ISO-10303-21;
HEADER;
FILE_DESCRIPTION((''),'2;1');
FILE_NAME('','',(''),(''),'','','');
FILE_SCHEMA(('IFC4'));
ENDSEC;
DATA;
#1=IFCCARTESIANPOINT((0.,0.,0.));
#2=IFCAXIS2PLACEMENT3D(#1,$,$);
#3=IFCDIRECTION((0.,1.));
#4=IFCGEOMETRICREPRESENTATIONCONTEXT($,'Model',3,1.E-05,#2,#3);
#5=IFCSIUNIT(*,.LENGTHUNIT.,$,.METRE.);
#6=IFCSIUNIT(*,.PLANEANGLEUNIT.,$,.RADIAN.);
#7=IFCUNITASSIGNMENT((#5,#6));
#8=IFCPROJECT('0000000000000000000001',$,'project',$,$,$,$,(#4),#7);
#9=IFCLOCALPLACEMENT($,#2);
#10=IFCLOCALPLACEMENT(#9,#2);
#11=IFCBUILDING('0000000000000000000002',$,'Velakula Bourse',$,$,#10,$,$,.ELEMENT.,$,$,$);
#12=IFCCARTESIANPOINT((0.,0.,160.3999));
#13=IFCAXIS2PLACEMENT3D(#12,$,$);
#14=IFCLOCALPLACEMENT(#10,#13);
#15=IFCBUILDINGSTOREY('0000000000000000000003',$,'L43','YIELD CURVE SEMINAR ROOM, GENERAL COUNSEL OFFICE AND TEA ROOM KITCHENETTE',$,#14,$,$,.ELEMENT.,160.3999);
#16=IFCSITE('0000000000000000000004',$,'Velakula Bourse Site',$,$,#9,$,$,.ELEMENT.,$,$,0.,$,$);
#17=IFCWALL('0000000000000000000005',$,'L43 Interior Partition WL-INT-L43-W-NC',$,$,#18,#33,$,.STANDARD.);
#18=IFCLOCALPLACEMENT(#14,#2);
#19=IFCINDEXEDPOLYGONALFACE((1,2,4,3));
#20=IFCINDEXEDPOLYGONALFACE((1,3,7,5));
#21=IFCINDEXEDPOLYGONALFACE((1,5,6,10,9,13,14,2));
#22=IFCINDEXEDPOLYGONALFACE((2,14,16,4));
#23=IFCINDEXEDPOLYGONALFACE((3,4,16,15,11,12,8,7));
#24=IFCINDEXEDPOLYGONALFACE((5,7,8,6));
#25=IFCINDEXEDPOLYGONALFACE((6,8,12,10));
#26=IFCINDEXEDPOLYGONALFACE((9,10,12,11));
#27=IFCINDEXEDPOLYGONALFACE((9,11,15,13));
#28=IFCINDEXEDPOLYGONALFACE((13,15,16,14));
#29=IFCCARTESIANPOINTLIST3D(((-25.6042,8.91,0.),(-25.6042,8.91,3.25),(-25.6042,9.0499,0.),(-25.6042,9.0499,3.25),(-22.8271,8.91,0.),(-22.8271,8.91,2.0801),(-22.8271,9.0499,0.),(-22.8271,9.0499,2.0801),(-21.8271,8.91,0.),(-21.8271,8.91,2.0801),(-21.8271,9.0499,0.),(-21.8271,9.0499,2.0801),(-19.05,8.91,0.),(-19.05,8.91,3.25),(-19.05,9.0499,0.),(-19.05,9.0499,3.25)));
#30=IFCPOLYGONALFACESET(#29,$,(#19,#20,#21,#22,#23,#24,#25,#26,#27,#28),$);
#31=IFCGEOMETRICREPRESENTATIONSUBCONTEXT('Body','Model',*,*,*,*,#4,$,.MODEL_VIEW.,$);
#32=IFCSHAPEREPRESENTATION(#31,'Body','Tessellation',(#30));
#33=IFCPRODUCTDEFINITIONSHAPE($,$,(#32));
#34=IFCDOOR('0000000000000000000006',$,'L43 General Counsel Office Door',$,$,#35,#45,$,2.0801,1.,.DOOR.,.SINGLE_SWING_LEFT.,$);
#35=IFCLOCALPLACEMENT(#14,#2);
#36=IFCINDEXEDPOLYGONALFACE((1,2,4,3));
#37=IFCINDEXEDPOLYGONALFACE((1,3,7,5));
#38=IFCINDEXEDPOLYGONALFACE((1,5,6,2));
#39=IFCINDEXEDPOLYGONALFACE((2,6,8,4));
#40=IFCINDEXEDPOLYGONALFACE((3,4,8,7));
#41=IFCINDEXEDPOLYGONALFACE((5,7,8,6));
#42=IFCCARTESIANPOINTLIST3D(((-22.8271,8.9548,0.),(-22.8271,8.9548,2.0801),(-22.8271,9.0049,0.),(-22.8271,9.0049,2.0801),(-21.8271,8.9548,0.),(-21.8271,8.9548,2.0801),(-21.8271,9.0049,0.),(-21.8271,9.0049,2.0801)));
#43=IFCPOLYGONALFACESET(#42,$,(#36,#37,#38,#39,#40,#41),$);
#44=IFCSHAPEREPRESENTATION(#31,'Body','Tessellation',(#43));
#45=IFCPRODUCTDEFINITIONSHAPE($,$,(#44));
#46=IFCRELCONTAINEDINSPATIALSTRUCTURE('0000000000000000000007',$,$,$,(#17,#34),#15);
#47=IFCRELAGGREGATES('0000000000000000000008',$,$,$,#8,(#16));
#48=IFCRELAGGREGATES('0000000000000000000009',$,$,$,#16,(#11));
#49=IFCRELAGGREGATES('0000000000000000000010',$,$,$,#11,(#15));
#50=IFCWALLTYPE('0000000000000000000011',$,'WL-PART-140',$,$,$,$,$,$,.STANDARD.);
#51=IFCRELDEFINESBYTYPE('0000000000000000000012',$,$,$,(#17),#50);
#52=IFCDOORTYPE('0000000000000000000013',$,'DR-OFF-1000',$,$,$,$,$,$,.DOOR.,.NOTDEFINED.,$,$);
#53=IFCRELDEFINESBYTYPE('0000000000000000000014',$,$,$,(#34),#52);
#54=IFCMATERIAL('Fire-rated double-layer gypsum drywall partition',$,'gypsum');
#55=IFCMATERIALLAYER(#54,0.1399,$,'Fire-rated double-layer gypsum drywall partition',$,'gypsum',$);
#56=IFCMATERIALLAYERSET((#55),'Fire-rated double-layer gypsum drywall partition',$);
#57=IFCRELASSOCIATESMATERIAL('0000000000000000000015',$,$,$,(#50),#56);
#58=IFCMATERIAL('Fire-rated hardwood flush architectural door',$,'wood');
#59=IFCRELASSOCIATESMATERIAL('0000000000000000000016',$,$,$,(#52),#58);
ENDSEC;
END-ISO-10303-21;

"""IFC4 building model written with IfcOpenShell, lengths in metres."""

from ifc_helpers import new_model, si_unit, direction, frame, frame_2d, origin, place, context, subcontext, project, spatial, rectangle, extrude, material, layer, layer_set, type_object, element, fill, save


model = new_model("IFC4")

# Units and contexts
model_context = context("Model", 3, precision=1e-05, world=origin(), true_north=direction((0.0, 1.0)))
body_context = subcontext(model_context, "Body", "Model", "MODEL_VIEW")
ifc_project = project(units=[si_unit("LENGTHUNIT", "METRE"), si_unit("PLANEANGLEUNIT", "RADIAN")], contexts=[model_context])

# Site, building, storey
site_placement = place(None, origin())
site = spatial("IfcSite", under=ifc_project, at=site_placement, Name="Velakula Bourse Site", CompositionType="ELEMENT", RefElevation=0.0)
building_placement = place(site_placement, origin())
building = spatial("IfcBuilding", under=site, at=building_placement, Name="Velakula Bourse", CompositionType="ELEMENT")
storey_placement = place(building_placement, frame((0.0, 0.0, 160.3999)))
storey = spatial("IfcBuildingStorey", under=building, at=storey_placement, Name="L43", Description="YIELD CURVE SEMINAR ROOM, GENERAL COUNSEL OFFICE AND TEA ROOM KITCHENETTE", CompositionType="ELEMENT", Elevation=160.3999)

# Shared definitions
ifc_material_1 = material(Name="Fire-rated hardwood flush architectural door", Category="wood")

# Shared definitions
ifc_material_2 = material(Name="Fire-rated double-layer gypsum drywall partition", Category="gypsum")

# Shared definitions
ifc_layer_1 = layer(ifc_material_2, 0.1399, Name="Fire-rated double-layer gypsum drywall partition", Category="gypsum")
ifc_layer_set_1 = layer_set([ifc_layer_1], Name="Fire-rated double-layer gypsum drywall partition")
wall_type_1 = type_object("IfcWallType", Name="WL-PART-140", PredefinedType="STANDARD", material=ifc_layer_set_1)
door_type_1 = type_object("IfcDoorType", Name="DR-OFF-1000", OperationType="NOTDEFINED", PredefinedType="DOOR", material=ifc_material_1)

# Wall, opening, door
wall_1_placement = place(storey_placement, frame((-25.6042, 8.98, 0.0), z_axis=(0.0, 0.0, 1.0), x_axis=(1.0, 0.0, 0.0)))
wall_1 = element("IfcWall", 1, at=wall_1_placement, inside=storey, type_object=wall_type_1, Name="L43 Interior Partition WL-INT-L43-W-NC", PredefinedType="STANDARD", context=body_context, shape_type="SweptSolid", body=[
    extrude(rectangle(XDim=6.5542, YDim=0.1399, at=frame_2d((3.2771, 0.0))), origin(), (0.0, 0.0, 1.0), 3.25),
])
opening_1_placement = place(wall_1_placement, frame((2.7771, 0.0, 0.0)))
opening_1 = element("IfcOpeningElement", 2, at=opening_1_placement, cuts=wall_1, PredefinedType="OPENING", context=body_context, shape_type="SweptSolid", body=[
    extrude(rectangle(XDim=1.0, YDim=2.0801, at=frame_2d((0.5, 1.04))), frame((0.0, 0.0798, 0.0), z_axis=(0.0, -1.0, 0.0), x_axis=(1.0, 0.0, 0.0)), (0.0, 0.0, 1.0), 0.1599),
])
door_1_placement = place(opening_1_placement, origin())
door_1 = element("IfcDoor", 3, at=door_1_placement, inside=storey, type_object=door_type_1, Name="L43 General Counsel Office Door", OperationType="SINGLE_SWING_LEFT", OverallHeight=2.0801, OverallWidth=1.0, PredefinedType="DOOR", context=body_context, shape_type="SweptSolid", body=[
    extrude(rectangle(XDim=1.0, YDim=2.0801, at=frame_2d((0.5, 1.04))), frame((0.0, 0.0249, 0.0), z_axis=(0.0, -1.0, 0.0), x_axis=(1.0, 0.0, 0.0)), (0.0, 0.0, 1.0), 0.05),
])
fill(opening_1, door_1)

save(model, "model.ifc")
